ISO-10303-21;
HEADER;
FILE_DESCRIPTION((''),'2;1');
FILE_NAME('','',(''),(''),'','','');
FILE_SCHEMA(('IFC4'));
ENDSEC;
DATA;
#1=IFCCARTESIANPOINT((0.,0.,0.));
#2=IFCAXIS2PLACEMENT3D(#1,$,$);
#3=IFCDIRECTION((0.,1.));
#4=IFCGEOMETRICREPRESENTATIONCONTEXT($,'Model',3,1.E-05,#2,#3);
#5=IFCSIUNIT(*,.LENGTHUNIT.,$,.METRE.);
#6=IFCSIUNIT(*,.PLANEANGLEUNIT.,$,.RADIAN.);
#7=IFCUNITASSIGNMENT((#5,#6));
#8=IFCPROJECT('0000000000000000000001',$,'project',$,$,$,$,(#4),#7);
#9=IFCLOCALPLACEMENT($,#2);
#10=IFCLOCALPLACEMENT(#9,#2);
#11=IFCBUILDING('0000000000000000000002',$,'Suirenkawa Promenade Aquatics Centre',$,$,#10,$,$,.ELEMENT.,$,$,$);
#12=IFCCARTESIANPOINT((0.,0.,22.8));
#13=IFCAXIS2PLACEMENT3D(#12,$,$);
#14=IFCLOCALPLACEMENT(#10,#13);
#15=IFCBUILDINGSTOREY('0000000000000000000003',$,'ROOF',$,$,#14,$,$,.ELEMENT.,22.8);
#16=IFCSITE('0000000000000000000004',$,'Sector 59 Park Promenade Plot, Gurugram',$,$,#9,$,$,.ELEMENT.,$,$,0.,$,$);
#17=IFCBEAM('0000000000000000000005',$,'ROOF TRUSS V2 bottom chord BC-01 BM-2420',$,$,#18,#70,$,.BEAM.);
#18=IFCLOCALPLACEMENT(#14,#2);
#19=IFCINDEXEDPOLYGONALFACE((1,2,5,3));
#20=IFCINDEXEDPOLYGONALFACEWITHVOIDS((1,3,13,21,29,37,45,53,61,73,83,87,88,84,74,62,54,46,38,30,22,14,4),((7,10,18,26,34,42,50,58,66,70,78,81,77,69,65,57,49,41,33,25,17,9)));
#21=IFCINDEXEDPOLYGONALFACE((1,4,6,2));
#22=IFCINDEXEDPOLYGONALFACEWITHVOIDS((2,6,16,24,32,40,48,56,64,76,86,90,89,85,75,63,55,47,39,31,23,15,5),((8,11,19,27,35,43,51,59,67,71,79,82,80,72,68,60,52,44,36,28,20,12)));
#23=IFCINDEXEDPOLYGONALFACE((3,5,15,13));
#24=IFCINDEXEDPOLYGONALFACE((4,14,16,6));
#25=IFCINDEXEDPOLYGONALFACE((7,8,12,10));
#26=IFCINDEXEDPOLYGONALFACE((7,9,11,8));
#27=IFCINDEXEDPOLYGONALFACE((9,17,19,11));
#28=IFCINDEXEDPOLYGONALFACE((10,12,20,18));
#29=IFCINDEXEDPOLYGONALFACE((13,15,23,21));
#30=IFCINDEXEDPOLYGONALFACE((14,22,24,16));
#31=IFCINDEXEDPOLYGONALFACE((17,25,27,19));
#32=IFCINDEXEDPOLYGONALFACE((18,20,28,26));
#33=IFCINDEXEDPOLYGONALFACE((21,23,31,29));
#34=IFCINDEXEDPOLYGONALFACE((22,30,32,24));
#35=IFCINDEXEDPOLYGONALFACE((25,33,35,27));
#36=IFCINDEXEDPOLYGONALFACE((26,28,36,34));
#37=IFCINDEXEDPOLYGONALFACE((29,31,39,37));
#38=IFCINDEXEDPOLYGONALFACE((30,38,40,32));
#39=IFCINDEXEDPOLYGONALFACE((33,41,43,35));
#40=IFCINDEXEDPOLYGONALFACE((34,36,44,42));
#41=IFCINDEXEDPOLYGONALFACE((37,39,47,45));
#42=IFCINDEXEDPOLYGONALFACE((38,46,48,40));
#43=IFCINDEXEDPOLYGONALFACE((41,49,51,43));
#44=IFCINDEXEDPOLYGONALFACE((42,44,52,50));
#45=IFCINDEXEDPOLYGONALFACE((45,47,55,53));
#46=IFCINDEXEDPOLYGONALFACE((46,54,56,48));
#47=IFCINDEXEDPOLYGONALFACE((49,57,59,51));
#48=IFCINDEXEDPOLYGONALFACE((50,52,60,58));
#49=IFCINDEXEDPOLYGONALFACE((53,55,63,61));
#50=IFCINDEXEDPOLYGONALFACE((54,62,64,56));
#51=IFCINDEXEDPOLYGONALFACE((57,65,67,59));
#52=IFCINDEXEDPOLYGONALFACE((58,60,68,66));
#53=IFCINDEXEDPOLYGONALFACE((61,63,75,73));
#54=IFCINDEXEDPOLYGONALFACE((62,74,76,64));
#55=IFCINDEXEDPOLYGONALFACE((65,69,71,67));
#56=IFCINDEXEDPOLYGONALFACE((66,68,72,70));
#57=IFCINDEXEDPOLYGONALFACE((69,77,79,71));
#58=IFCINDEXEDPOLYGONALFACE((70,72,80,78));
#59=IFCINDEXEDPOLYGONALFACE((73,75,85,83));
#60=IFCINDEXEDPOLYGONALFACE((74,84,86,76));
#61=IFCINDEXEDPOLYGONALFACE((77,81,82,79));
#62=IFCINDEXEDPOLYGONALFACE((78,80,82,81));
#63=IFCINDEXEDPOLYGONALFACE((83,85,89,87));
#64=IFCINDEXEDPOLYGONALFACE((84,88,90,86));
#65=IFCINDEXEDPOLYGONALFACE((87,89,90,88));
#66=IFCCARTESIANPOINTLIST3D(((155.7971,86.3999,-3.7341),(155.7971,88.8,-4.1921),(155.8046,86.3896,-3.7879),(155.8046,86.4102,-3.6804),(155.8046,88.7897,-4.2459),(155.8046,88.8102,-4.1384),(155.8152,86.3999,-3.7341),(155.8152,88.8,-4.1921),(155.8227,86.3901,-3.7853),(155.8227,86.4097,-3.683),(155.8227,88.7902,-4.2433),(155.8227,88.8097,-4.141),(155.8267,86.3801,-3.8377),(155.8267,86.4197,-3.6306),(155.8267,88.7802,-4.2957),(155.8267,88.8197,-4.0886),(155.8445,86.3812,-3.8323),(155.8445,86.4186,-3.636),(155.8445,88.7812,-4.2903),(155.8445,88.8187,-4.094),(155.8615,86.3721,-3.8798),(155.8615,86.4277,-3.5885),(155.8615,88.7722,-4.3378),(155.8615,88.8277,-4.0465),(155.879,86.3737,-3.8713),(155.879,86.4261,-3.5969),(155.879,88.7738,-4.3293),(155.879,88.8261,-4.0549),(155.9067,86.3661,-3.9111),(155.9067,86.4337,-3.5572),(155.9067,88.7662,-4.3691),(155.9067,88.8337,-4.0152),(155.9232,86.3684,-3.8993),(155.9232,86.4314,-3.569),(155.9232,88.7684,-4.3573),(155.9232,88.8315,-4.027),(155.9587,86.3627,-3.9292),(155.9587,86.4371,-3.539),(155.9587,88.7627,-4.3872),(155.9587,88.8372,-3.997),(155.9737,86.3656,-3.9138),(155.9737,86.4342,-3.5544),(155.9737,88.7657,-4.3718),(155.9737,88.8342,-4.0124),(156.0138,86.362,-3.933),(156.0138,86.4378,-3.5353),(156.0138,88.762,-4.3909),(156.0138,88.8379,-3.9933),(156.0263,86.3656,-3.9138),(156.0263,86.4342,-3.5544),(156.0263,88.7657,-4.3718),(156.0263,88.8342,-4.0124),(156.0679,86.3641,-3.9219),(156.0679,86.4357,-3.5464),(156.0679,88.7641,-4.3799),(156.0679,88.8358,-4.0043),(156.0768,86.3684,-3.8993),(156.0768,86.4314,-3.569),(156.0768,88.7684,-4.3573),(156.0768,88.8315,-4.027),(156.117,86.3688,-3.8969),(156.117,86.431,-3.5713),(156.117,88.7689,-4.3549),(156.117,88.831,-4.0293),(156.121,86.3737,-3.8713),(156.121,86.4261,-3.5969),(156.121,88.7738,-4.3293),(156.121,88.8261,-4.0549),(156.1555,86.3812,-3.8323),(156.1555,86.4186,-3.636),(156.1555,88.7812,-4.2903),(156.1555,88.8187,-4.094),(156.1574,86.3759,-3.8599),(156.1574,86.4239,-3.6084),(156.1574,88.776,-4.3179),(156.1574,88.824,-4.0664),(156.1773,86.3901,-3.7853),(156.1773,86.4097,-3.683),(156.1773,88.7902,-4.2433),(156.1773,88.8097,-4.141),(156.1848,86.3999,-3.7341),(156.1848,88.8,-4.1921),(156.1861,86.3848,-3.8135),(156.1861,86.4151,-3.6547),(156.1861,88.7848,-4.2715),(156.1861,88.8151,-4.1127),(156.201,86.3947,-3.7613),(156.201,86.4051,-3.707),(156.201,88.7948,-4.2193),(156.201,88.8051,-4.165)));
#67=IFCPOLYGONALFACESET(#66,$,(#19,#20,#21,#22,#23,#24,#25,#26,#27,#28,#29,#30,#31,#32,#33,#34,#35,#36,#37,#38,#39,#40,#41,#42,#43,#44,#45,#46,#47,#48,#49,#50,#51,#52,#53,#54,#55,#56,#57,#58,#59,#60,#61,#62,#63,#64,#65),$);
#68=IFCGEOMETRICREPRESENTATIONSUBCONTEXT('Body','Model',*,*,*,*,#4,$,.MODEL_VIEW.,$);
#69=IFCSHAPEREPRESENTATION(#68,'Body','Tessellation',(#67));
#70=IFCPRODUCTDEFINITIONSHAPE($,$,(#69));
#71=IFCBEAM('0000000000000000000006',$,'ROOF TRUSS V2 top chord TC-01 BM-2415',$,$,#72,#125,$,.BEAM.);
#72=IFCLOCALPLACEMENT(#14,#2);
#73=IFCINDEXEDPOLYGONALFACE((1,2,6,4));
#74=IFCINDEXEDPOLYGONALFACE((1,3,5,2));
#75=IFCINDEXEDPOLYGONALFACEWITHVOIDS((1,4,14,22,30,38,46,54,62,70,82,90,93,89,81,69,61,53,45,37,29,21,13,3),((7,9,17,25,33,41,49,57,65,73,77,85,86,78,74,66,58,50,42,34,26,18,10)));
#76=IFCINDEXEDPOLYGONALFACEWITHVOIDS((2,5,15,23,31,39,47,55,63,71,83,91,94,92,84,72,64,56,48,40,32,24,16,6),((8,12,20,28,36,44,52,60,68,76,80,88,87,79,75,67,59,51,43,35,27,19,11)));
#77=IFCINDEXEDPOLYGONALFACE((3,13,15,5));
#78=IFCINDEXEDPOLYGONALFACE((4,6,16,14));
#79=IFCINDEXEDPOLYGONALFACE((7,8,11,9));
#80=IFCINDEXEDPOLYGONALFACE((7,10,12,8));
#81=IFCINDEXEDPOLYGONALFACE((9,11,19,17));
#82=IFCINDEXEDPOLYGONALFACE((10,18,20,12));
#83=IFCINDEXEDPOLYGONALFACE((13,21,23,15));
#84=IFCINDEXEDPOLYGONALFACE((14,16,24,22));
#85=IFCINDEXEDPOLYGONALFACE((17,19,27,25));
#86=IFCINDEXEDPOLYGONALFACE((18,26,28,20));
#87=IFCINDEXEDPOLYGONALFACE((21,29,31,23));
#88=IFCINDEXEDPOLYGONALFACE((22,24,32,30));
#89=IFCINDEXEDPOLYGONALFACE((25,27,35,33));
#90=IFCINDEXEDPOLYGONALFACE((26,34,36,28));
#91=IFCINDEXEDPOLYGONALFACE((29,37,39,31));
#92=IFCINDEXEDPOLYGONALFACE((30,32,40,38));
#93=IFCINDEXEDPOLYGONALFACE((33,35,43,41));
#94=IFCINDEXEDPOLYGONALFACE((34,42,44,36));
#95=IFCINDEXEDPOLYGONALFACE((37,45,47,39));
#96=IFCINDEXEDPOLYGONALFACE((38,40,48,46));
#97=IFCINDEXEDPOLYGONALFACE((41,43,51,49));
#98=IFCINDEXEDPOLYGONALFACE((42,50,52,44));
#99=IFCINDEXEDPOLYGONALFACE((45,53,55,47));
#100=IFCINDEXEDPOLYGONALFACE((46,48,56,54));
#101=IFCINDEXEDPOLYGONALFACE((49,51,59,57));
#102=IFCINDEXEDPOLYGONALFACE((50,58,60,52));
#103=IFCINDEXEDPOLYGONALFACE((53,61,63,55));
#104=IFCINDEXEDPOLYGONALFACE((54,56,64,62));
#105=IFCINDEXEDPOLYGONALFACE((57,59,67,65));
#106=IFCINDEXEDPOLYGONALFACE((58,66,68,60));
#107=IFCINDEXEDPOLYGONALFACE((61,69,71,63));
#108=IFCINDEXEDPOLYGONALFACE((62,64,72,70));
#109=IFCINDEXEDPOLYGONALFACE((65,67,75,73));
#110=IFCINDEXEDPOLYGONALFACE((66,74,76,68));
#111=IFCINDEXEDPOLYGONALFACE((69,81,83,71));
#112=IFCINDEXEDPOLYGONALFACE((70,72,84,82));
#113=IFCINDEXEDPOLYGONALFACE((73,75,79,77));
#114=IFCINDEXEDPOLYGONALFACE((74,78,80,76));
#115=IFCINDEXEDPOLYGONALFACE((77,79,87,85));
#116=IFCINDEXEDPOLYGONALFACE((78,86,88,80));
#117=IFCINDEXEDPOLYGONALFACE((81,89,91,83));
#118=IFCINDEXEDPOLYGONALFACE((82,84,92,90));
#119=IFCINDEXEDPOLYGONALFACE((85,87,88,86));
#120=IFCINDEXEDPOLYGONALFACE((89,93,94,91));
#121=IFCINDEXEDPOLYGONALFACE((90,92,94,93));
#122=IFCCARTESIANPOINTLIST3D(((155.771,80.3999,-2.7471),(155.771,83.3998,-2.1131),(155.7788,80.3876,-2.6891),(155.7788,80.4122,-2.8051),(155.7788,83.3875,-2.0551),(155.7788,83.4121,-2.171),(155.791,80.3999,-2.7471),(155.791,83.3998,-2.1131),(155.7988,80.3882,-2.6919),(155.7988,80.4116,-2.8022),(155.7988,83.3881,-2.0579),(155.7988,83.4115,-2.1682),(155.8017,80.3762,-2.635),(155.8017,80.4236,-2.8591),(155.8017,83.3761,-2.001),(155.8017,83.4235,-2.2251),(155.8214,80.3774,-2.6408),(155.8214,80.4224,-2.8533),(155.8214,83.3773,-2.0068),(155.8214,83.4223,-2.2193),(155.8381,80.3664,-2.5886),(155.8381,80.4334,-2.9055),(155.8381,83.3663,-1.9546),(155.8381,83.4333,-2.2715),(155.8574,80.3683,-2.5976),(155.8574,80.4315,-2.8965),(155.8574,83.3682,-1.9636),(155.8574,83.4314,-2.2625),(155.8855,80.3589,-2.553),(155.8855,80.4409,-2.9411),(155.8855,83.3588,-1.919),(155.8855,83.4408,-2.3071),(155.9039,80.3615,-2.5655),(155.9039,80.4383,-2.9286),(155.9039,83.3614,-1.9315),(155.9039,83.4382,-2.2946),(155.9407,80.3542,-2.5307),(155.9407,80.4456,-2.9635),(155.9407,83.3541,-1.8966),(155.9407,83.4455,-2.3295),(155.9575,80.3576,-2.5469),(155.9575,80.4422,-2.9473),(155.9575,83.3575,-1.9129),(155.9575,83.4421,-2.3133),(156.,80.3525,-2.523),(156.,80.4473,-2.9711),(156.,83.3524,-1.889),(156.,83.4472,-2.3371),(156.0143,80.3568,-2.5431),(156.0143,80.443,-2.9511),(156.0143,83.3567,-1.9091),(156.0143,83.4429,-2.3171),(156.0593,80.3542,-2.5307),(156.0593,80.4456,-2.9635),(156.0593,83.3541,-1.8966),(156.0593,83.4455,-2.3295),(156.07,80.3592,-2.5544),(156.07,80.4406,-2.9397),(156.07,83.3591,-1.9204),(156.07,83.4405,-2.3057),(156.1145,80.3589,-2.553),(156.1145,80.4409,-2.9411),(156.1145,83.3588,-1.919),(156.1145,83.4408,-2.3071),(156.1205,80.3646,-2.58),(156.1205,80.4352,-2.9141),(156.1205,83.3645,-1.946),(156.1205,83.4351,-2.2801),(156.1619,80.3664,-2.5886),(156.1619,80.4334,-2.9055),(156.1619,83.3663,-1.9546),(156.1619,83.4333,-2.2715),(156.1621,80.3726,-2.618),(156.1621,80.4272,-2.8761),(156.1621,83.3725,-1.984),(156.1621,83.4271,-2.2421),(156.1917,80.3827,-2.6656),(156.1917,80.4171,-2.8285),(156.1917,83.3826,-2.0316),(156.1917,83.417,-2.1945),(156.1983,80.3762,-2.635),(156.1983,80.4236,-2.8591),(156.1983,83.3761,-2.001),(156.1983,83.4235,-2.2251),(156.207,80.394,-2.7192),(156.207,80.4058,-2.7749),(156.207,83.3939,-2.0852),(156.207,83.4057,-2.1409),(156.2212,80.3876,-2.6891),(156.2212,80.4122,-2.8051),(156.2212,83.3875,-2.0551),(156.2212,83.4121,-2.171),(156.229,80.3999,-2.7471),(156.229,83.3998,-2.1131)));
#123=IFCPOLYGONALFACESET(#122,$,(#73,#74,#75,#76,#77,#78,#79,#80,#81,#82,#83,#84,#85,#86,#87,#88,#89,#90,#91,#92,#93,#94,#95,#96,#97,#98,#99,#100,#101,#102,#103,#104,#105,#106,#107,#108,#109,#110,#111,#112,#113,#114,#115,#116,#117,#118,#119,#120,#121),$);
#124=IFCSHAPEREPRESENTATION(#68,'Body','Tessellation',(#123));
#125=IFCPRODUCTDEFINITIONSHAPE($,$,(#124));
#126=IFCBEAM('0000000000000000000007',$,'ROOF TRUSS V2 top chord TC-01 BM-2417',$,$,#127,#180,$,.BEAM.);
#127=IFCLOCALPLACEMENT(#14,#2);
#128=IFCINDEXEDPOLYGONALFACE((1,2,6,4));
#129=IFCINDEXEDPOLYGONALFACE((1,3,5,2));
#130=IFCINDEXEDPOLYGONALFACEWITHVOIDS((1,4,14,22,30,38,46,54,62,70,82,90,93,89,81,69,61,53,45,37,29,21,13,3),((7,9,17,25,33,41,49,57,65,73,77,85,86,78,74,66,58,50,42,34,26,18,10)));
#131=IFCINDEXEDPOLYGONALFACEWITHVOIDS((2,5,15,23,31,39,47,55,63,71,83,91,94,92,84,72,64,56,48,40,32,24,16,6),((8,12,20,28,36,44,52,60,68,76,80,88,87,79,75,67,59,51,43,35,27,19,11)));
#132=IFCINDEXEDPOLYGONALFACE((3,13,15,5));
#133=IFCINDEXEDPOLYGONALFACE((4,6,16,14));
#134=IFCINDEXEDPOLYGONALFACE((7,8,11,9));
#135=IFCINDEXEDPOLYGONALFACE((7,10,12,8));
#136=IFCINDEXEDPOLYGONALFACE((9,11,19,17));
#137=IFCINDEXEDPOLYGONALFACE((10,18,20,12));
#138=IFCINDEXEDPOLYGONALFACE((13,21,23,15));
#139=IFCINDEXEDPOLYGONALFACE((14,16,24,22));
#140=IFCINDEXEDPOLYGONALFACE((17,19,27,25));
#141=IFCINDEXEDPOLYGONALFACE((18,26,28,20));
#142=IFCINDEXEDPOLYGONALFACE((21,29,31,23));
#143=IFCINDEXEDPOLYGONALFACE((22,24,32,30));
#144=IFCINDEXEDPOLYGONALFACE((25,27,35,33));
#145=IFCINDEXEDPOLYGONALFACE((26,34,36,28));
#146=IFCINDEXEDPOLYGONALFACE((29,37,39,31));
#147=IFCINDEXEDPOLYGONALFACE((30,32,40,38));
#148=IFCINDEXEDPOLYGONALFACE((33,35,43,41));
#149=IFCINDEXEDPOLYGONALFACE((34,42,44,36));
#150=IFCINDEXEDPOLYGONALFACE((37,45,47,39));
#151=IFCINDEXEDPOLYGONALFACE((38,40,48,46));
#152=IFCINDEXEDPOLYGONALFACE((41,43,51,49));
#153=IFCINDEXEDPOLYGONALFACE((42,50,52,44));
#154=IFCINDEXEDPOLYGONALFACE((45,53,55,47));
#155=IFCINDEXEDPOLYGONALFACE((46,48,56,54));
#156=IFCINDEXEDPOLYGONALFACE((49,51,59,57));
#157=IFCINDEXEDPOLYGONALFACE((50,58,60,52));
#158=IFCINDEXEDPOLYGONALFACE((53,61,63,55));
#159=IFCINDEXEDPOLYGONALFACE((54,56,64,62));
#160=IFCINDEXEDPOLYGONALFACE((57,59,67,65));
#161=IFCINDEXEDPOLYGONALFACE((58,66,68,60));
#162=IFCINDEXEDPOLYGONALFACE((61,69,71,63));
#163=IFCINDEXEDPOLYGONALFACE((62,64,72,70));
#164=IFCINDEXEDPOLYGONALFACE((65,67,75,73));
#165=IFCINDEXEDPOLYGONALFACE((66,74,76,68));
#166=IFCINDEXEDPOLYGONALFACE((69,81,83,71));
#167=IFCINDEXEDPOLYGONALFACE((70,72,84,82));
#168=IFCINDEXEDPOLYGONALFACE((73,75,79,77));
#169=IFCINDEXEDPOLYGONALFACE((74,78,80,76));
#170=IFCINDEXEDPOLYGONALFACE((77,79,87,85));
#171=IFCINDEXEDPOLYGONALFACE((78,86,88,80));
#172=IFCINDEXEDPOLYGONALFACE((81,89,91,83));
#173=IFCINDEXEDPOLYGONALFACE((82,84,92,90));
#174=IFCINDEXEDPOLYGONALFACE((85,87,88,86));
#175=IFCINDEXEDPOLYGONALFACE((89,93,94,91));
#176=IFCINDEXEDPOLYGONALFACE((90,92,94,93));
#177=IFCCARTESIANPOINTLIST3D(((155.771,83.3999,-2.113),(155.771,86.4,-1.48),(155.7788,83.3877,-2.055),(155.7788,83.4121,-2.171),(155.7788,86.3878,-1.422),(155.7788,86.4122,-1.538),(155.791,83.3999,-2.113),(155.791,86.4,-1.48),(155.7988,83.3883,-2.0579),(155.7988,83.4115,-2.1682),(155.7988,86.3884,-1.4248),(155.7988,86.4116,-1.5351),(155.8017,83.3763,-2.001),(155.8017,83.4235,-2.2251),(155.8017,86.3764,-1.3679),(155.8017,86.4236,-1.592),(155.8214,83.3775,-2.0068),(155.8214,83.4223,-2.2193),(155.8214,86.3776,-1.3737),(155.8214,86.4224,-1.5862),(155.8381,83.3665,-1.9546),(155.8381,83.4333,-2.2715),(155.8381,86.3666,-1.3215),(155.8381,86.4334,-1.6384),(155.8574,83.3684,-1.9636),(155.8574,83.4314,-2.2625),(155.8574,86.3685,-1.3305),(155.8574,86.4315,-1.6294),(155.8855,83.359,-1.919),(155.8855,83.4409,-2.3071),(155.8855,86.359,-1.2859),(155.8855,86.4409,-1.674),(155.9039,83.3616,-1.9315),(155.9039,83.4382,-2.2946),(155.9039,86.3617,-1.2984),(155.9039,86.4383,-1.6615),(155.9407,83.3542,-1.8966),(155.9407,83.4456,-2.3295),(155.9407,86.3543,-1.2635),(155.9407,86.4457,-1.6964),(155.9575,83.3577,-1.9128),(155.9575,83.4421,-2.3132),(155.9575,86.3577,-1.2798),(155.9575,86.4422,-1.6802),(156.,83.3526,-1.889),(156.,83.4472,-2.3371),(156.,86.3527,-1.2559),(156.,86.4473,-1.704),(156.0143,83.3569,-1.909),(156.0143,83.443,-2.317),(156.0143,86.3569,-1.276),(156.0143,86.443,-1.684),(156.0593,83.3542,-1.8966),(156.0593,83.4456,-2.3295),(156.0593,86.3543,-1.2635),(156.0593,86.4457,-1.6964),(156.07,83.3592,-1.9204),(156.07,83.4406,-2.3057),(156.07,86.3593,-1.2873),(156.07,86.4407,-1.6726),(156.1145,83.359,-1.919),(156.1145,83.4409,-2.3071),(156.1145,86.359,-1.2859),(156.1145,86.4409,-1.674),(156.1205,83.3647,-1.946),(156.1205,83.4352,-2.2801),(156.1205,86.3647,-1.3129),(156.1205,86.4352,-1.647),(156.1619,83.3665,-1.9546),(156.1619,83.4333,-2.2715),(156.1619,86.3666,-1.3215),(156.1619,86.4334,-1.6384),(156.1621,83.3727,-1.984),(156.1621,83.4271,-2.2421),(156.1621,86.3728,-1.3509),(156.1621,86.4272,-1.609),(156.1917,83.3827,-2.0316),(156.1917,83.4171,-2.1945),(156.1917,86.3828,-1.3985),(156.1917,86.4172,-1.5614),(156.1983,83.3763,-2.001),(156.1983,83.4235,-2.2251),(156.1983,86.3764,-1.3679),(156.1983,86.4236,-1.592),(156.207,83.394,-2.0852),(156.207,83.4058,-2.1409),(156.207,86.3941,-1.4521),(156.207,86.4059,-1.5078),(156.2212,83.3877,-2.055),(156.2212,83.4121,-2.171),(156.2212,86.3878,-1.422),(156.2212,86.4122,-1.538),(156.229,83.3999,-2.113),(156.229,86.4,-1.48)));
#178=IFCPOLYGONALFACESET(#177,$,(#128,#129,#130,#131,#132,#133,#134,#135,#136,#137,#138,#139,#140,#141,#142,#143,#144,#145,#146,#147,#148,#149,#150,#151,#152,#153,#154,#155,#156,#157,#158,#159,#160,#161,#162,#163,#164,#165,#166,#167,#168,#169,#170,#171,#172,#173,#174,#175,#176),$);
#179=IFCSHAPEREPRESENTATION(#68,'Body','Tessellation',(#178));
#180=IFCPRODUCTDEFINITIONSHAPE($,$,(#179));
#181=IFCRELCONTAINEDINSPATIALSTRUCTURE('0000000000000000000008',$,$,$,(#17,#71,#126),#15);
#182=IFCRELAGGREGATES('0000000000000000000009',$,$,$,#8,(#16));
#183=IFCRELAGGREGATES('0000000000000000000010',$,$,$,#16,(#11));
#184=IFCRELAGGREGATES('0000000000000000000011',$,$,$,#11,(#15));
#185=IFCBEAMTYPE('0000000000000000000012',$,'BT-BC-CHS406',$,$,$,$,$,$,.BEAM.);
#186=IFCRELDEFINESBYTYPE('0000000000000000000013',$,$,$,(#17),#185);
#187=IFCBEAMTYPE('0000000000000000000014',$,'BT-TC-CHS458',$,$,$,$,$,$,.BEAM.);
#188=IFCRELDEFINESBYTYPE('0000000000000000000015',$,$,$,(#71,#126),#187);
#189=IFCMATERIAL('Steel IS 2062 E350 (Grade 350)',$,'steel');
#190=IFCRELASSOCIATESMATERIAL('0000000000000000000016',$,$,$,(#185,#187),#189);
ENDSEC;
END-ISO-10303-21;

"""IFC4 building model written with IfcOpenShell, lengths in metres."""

from ifc_helpers import new_model, si_unit, direction, frame, origin, origin_2d, place, context, subcontext, project, spatial, hollow_circle, extrude, material, material_profile, profile_set, type_object, element, save


model = new_model("IFC4")

# Units and contexts
model_context = context("Model", 3, precision=1e-05, world=origin(), true_north=direction((0.0, 1.0)))
body_context = subcontext(model_context, "Body", "Model", "MODEL_VIEW")
ifc_project = project(units=[si_unit("LENGTHUNIT", "METRE"), si_unit("PLANEANGLEUNIT", "RADIAN")], contexts=[model_context])

# Site, building, storey
site_placement = place(None, origin())
site = spatial("IfcSite", under=ifc_project, at=site_placement, Name="Sector 59 Park Promenade Plot, Gurugram", CompositionType="ELEMENT", RefElevation=0.0)
building_placement = place(site_placement, origin())
building = spatial("IfcBuilding", under=site, at=building_placement, Name="Suirenkawa Promenade Aquatics Centre", CompositionType="ELEMENT")
storey_placement = place(building_placement, frame((0.0, 0.0, 22.8)))
storey = spatial("IfcBuildingStorey", under=building, at=storey_placement, Name="ROOF", CompositionType="ELEMENT", Elevation=22.8)

# Beams
ifc_material = material(Name="Steel IS 2062 E350 (Grade 350)", Category="steel")
ifc_material_profile_1 = material_profile(ifc_material, hollow_circle(Radius=0.2029, WallThickness=0.0181, at=origin_2d()), Name="CHS 406x18", Category="steel")
ifc_profile_set_1 = profile_set([ifc_material_profile_1], Name="Steel IS 2062 E350 (Grade 350)")
beam_type_1 = type_object("IfcBeamType", Name="BT-BC-CHS406", PredefinedType="BEAM", material=ifc_profile_set_1)
beam_1_placement = place(storey_placement, frame((156.0, 86.3999, -3.7341), z_axis=(0.0, 0.982276, -0.187443), x_axis=(-1.0, 0.0, 0.0)))
element("IfcBeam", 1, at=beam_1_placement, inside=storey, type_object=beam_type_1, Name="ROOF TRUSS V2 bottom chord BC-01 BM-2420", PredefinedType="BEAM", context=body_context, shape_type="SweptSolid", body=[
    extrude(hollow_circle(Radius=0.2029, WallThickness=0.0181, at=origin_2d()), origin(), (0.0, 0.0, 1.0), 2.4434),
])
ifc_material_profile_2 = material_profile(ifc_material, hollow_circle(Radius=0.229, WallThickness=0.02, at=origin_2d()), Name="CHS 458x20", Category="steel")
ifc_profile_set_2 = profile_set([ifc_material_profile_2], Name="Steel IS 2062 E350 (Grade 350)")
beam_type_2 = type_object("IfcBeamType", Name="BT-TC-CHS458", PredefinedType="BEAM", material=ifc_profile_set_2)
for number, where, z_axis, x_axis, name in (
    (2, (156.0, 80.3999, -2.7471), (0.0, 0.978388, 0.206777), (-1.0, 0.0, 0.0), "ROOF TRUSS V2 top chord TC-01 BM-2415"),
    (3, (156.0, 83.3999, -2.113), (0.0, 0.978453, 0.206472), (-1.0, 0.0, 0.0), "ROOF TRUSS V2 top chord TC-01 BM-2417"),
):
    element("IfcBeam", number, at=place(storey_placement, frame(where, z_axis=z_axis, x_axis=x_axis)), inside=storey, type_object=beam_type_2, Name=name, PredefinedType="BEAM", context=body_context, shape_type="SweptSolid", body=[
        extrude(hollow_circle(Radius=0.229, WallThickness=0.02, at=origin_2d()), origin(), (0.0, 0.0, 1.0), 3.0662),
    ])

save(model, "model.ifc")
